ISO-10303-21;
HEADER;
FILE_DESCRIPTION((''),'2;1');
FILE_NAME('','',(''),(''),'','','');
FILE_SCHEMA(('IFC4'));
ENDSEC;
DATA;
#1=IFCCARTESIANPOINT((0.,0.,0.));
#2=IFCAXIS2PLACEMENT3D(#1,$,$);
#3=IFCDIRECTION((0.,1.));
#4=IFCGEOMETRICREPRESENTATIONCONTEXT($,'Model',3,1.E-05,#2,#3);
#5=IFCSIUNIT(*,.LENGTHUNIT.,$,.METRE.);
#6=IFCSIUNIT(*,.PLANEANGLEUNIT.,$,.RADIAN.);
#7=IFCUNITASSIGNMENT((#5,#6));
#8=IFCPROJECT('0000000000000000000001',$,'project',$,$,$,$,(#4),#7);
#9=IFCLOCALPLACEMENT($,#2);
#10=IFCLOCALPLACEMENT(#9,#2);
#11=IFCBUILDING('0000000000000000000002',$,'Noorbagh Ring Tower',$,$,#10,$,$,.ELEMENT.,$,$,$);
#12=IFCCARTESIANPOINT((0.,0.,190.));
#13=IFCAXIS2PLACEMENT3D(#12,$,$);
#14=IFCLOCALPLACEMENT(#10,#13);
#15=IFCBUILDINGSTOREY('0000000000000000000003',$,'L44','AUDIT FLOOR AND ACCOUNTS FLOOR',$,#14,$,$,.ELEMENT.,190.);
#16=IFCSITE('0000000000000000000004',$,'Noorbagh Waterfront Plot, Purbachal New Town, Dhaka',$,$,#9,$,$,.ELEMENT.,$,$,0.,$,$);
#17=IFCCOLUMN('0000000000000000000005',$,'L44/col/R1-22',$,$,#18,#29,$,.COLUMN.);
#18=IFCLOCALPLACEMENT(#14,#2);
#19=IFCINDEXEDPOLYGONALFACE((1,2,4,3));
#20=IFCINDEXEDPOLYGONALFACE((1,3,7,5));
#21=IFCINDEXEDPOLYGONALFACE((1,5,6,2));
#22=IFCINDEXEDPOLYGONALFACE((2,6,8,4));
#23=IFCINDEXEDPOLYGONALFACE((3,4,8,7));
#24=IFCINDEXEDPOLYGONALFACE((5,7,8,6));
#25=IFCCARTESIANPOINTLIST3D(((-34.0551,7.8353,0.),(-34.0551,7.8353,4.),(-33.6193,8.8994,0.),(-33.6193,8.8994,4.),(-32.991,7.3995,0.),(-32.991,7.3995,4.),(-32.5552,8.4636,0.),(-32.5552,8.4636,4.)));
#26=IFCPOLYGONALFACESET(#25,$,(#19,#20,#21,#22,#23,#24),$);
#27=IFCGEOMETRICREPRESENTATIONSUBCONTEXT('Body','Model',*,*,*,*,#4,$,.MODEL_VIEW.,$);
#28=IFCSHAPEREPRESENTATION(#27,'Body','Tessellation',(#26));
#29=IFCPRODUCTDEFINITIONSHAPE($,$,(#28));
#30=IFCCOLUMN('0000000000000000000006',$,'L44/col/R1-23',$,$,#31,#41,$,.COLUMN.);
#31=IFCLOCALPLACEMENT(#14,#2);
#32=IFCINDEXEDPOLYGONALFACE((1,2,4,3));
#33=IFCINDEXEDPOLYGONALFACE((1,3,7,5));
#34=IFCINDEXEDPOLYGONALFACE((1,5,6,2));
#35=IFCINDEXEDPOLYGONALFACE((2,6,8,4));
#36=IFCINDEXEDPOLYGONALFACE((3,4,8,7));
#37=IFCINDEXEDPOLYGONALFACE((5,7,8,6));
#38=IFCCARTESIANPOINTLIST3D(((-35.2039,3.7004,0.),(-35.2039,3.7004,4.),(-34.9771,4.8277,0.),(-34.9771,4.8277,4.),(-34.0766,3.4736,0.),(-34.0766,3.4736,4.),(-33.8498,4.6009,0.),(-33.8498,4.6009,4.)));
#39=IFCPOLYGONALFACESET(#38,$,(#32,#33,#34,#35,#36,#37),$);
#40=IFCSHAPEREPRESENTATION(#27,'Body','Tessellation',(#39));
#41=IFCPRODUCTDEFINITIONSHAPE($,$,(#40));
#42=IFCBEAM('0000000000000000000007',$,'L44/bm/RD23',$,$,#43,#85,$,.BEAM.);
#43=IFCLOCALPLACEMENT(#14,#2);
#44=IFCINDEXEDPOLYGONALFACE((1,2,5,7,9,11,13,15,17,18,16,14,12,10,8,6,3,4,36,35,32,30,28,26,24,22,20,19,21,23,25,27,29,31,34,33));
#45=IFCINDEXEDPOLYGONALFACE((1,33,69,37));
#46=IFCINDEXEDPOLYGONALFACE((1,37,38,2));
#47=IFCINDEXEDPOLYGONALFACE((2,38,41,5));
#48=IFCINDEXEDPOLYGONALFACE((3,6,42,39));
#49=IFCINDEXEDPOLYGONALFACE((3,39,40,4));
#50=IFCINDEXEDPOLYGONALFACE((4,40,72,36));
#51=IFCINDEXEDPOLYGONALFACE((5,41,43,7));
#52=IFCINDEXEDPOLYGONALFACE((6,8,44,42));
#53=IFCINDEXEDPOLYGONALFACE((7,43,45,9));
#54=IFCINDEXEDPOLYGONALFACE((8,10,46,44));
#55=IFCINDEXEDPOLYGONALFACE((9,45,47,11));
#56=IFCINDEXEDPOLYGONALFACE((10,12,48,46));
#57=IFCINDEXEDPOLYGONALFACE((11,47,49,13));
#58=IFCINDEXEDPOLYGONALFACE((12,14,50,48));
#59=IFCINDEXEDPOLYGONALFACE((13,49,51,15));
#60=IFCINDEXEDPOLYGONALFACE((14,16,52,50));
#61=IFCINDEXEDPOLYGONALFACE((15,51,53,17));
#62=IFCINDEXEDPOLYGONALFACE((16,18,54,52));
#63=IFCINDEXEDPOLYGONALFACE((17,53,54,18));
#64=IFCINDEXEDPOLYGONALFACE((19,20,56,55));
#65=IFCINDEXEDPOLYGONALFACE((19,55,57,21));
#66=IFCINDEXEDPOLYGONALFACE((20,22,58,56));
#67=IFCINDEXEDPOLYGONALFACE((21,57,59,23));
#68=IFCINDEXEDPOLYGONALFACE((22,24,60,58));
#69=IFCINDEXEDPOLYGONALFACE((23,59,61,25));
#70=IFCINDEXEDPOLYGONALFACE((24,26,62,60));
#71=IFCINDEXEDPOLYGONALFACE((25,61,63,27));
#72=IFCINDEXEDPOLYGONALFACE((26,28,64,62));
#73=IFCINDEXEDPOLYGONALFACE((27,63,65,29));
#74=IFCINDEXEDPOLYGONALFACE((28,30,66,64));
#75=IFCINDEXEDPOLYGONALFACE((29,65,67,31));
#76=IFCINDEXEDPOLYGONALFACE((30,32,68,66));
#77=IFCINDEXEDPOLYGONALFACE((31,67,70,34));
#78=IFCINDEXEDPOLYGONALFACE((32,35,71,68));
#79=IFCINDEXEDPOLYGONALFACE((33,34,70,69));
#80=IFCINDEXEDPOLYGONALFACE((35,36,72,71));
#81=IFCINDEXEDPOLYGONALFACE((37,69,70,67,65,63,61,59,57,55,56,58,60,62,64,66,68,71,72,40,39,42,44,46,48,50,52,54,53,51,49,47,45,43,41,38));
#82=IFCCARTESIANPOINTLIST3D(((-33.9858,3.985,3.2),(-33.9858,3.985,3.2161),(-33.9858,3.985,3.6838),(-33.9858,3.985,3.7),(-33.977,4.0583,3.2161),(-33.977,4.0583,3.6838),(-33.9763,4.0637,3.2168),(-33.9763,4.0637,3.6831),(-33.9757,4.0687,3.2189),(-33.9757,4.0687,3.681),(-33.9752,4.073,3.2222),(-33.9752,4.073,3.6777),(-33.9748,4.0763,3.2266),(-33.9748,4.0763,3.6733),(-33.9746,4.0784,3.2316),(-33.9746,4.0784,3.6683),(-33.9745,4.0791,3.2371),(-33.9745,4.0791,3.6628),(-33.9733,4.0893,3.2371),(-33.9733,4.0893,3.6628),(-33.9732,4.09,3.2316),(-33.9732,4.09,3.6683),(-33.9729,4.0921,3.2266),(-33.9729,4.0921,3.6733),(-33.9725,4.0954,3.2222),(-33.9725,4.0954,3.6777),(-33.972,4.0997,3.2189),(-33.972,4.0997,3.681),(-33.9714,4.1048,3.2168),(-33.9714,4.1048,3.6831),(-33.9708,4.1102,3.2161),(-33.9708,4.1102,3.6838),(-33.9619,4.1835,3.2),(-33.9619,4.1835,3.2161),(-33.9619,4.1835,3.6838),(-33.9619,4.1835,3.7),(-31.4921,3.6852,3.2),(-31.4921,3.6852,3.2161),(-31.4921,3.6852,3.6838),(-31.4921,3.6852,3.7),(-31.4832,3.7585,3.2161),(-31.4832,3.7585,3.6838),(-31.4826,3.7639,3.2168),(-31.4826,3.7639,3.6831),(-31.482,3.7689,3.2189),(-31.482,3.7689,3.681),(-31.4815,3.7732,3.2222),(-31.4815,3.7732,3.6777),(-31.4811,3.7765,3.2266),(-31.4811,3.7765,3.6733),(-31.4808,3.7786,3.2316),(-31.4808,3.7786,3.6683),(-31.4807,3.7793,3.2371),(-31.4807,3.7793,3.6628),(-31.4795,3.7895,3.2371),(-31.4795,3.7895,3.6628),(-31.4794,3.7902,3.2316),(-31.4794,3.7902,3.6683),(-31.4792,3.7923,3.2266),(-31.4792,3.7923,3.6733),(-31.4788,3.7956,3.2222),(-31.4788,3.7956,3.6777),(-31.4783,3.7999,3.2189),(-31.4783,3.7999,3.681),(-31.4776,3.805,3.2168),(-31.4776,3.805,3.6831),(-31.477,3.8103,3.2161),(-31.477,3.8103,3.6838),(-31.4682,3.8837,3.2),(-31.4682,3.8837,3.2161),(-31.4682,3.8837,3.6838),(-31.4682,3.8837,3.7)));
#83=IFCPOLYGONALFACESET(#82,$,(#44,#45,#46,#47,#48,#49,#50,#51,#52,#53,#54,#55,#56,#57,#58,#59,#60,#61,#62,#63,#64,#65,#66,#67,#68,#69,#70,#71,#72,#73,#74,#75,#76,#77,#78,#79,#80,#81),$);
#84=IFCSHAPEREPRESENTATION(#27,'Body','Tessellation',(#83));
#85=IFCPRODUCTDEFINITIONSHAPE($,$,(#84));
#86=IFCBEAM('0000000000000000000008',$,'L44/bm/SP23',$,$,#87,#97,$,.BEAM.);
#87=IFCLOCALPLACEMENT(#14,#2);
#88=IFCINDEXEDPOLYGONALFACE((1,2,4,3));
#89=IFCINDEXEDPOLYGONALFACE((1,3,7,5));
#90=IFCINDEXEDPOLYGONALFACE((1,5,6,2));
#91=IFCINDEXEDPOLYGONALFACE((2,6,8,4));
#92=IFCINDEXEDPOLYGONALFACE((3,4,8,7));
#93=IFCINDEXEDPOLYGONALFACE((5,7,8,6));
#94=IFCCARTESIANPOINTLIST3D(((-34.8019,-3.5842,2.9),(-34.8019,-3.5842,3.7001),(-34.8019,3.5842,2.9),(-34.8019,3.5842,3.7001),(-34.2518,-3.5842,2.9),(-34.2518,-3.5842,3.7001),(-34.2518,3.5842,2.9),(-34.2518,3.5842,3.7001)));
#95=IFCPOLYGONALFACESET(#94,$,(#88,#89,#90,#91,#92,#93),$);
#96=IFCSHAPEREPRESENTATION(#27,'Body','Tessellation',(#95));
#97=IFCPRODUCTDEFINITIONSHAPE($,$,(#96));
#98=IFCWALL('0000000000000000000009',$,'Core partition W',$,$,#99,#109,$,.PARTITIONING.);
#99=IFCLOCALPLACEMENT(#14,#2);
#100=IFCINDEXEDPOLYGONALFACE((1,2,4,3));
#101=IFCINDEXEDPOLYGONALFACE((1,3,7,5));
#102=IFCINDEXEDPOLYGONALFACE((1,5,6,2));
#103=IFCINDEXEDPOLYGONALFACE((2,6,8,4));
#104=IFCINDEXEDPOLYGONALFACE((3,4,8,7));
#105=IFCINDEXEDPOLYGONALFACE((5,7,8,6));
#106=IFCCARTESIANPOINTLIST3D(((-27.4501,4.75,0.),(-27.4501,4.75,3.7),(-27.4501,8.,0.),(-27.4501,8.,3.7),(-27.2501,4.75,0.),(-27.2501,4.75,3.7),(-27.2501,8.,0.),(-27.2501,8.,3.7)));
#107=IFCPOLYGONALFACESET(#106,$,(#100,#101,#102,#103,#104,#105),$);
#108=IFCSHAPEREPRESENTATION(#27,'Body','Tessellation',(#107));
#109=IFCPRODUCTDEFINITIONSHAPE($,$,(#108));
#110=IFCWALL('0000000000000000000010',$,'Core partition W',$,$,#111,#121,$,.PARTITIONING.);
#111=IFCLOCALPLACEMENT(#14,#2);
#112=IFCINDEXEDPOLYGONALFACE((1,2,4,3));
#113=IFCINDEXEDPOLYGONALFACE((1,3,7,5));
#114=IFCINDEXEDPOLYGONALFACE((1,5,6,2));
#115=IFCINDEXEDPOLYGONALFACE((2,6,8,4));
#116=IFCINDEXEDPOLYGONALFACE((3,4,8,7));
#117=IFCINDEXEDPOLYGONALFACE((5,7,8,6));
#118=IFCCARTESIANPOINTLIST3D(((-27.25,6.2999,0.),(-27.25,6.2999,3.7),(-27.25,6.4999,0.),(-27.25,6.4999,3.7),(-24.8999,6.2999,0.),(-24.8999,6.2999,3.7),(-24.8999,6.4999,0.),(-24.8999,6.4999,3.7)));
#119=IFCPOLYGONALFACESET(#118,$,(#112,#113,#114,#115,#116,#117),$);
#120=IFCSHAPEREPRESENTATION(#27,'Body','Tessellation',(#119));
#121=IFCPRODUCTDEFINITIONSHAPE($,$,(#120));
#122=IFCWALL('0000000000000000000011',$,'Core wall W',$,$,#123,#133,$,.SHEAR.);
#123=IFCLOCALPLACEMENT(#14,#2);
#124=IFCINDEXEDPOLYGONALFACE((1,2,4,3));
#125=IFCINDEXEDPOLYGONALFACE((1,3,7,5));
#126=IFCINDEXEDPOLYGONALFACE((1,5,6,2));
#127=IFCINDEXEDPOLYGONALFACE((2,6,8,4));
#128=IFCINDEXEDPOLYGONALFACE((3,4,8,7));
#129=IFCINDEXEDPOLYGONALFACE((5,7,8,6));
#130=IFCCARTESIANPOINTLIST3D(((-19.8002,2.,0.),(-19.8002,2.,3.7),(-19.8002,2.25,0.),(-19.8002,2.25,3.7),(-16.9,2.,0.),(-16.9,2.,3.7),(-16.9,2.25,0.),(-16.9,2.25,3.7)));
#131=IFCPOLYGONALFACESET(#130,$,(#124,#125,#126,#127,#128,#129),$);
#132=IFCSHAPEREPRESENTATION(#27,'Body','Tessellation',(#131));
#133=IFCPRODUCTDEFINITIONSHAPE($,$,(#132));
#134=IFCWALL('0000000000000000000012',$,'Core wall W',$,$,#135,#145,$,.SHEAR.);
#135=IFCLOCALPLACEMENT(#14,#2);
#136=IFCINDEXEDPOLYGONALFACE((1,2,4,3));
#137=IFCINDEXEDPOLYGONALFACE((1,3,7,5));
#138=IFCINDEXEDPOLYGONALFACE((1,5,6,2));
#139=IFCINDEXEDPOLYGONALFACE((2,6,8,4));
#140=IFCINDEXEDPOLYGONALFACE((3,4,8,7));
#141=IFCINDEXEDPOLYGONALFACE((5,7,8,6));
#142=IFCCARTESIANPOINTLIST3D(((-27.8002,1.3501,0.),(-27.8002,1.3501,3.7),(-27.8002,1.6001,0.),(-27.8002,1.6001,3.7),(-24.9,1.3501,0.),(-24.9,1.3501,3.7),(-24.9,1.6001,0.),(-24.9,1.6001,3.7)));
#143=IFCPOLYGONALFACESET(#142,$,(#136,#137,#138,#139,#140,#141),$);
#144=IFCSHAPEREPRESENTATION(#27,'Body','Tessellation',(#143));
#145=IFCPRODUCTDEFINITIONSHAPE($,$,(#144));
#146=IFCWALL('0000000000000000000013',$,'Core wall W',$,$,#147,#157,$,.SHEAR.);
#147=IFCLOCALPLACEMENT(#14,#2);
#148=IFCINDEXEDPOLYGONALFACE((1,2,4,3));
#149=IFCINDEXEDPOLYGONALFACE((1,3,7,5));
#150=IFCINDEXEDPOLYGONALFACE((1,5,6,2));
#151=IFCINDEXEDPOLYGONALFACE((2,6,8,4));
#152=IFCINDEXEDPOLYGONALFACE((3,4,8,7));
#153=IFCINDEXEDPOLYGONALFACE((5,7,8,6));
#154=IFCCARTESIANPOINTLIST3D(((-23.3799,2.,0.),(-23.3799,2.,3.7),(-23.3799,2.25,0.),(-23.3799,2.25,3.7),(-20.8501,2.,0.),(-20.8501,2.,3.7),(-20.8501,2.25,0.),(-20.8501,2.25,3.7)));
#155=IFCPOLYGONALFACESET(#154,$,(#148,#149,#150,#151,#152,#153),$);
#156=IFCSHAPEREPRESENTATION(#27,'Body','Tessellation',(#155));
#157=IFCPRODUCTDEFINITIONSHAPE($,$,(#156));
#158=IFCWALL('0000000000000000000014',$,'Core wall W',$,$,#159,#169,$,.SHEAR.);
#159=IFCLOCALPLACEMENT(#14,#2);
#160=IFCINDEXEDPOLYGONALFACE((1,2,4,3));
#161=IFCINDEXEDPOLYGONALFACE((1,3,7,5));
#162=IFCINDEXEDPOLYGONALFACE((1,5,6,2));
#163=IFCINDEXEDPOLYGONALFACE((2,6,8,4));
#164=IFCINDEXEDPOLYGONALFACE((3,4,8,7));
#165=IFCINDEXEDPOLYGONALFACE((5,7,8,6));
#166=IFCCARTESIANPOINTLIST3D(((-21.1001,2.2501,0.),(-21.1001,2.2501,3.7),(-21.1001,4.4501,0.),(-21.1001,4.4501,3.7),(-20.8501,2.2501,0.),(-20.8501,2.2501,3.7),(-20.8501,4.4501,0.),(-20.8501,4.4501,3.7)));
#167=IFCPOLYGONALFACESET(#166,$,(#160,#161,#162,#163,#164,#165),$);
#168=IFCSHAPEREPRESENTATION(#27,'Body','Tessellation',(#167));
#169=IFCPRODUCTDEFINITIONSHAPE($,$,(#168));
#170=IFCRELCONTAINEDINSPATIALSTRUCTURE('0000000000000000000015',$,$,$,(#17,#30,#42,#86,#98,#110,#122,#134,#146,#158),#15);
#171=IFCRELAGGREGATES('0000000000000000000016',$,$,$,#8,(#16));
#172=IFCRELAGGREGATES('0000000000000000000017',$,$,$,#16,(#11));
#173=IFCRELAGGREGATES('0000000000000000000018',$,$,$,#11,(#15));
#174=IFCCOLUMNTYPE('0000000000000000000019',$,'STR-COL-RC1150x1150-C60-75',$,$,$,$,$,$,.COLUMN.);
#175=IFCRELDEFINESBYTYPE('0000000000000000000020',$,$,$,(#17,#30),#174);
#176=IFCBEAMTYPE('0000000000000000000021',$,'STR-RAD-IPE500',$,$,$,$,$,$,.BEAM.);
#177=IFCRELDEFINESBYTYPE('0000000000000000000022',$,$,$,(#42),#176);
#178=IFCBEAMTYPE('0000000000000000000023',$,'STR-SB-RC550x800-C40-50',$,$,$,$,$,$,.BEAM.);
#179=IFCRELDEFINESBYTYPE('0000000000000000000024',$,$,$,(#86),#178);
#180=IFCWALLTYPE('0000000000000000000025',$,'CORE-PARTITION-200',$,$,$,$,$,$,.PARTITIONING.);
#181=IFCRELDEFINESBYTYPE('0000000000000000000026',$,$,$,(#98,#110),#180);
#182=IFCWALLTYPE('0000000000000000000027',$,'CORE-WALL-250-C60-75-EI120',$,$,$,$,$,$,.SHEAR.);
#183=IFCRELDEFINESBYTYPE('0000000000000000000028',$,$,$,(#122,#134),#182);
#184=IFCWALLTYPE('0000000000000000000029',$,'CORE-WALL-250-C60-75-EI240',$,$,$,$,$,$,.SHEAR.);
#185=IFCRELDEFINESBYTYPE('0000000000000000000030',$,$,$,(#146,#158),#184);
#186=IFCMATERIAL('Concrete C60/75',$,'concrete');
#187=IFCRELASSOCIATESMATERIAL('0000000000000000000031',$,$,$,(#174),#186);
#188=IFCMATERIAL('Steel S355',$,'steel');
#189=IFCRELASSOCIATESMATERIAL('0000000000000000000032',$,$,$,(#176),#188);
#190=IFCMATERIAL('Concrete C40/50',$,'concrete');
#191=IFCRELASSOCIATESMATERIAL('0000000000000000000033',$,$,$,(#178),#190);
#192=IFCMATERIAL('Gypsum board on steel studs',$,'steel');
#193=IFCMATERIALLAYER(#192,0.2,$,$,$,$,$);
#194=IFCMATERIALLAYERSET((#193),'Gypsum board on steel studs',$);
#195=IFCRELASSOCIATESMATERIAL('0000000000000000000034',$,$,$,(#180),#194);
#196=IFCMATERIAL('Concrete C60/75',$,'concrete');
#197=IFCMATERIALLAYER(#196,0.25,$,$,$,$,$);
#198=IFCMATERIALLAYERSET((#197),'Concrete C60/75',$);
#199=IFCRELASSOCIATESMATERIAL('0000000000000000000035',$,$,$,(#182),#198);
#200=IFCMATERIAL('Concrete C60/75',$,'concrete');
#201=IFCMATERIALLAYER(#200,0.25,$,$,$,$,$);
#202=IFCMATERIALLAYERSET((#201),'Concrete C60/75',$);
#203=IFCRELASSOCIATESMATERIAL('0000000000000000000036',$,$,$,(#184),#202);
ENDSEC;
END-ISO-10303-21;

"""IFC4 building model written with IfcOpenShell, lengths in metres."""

from ifc_helpers import new_model, si_unit, direction, frame, frame_2d, origin, origin_2d, place, context, subcontext, project, spatial, rectangle, i_section, extrude, material, layer, layer_set, material_profile, profile_set, type_object, element, save


model = new_model("IFC4")

# Units and contexts
model_context = context("Model", 3, precision=1e-05, world=origin(), true_north=direction((0.0, 1.0)))
body_context = subcontext(model_context, "Body", "Model", "MODEL_VIEW")
ifc_project = project(units=[si_unit("LENGTHUNIT", "METRE"), si_unit("PLANEANGLEUNIT", "RADIAN")], contexts=[model_context])

# Site, building, storey
site_placement = place(None, origin())
site = spatial("IfcSite", under=ifc_project, at=site_placement, Name="Noorbagh Waterfront Plot, Purbachal New Town, Dhaka", CompositionType="ELEMENT", RefElevation=0.0)
building_placement = place(site_placement, origin())
building = spatial("IfcBuilding", under=site, at=building_placement, Name="Noorbagh Ring Tower", CompositionType="ELEMENT")
storey_placement = place(building_placement, frame((0.0, 0.0, 190.0)))
storey = spatial("IfcBuildingStorey", under=building, at=storey_placement, Name="L44", Description="AUDIT FLOOR AND ACCOUNTS FLOOR", CompositionType="ELEMENT", Elevation=190.0)

# Columns
ifc_material_1 = material(Name="Concrete C60/75", Category="concrete")
ifc_material_profile_1 = material_profile(ifc_material_1, rectangle(XDim=1.1499, YDim=1.1499, at=origin_2d()), Name="RC1150x1150")
ifc_profile_set_1 = profile_set([ifc_material_profile_1], Name="Concrete C60/75")
column_type = type_object("IfcColumnType", Name="STR-COL-RC1150x1150-C60-75", PredefinedType="COLUMN", material=ifc_profile_set_1)
for number, where, z_axis, x_axis, name in (
    (1, (-33.3052, 8.1494, 0.0), (0.0, 0.0, 1.0), (-0.378989, -0.925401, 0.0), "L44/col/R1-22"),
    (2, (-34.5269, 4.1506, 0.0), (0.0, 0.0, 1.0), (-0.19723, -0.980357, 0.0), "L44/col/R1-23"),
):
    element("IfcColumn", number, at=place(storey_placement, frame(where, z_axis=z_axis, x_axis=x_axis)), inside=storey, type_object=column_type, Name=name, PredefinedType="COLUMN", context=body_context, shape_type="SweptSolid", body=[
        extrude(rectangle(XDim=1.1499, YDim=1.1499, at=origin_2d()), origin(), (0.0, 0.0, 1.0), 4.0),
    ])

# Beams
ifc_material_2 = material(Name="Steel S355", Category="steel")
ifc_material_profile_2 = material_profile(ifc_material_2, i_section(OverallWidth=0.2, OverallDepth=0.5, WebThickness=0.0103, FlangeThickness=0.0161, FilletRadius=0.021, at=origin_2d()), Name="IPE500")
ifc_profile_set_2 = profile_set([ifc_material_profile_2], Name="Steel S355")
beam_type_1 = type_object("IfcBeamType", Name="STR-RAD-IPE500", PredefinedType="BEAM", material=ifc_profile_set_2)
beam_1_placement = place(storey_placement, frame((-33.9739, 4.0842, 3.45), z_axis=(0.99285, -0.119368, 0.0), x_axis=(0.119368, 0.99285, 0.0)))
element("IfcBeam", 3, at=beam_1_placement, inside=storey, type_object=beam_type_1, Name="L44/bm/RD23", PredefinedType="BEAM", context=body_context, shape_type="SweptSolid", body=[
    extrude(i_section(OverallWidth=0.2, OverallDepth=0.5, WebThickness=0.0103, FlangeThickness=0.0161, FilletRadius=0.021, at=origin_2d()), origin(), (0.0, 0.0, 1.0), 2.5117),
])
ifc_material_3 = material(Name="Concrete C40/50", Category="concrete")
ifc_material_profile_3 = material_profile(ifc_material_3, rectangle(XDim=0.55, YDim=0.8, at=origin_2d()), Name="RC550x800")
ifc_profile_set_3 = profile_set([ifc_material_profile_3], Name="Concrete C40/50")
beam_type_2 = type_object("IfcBeamType", Name="STR-SB-RC550x800-C40-50", PredefinedType="BEAM", material=ifc_profile_set_3)
beam_2_placement = place(storey_placement, frame((-34.5269, 3.5842, 3.3), z_axis=(0.0, -1.0, 0.0), x_axis=(1.0, 0.0, 0.0)))
element("IfcBeam", 4, at=beam_2_placement, inside=storey, type_object=beam_type_2, Name="L44/bm/SP23", PredefinedType="BEAM", context=body_context, shape_type="SweptSolid", body=[
    extrude(rectangle(XDim=0.55, YDim=0.8, at=origin_2d()), origin(), (0.0, 0.0, 1.0), 7.1685),
])

# Walls
ifc_material_4 = material(Name="Gypsum board on steel studs", Category="steel")
ifc_layer_1 = layer(ifc_material_4, 0.2)
ifc_layer_set_1 = layer_set([ifc_layer_1], Name="Gypsum board on steel studs")
wall_type_1 = type_object("IfcWallType", Name="CORE-PARTITION-200", PredefinedType="PARTITIONING", material=ifc_layer_set_1)
wall_1_placement = place(storey_placement, frame((-27.3501, 4.75, 0.0), z_axis=(0.0, 0.0, 1.0), x_axis=(0.0, 1.0, 0.0)))
element("IfcWall", 5, at=wall_1_placement, inside=storey, type_object=wall_type_1, Name="Core partition W", PredefinedType="PARTITIONING", context=body_context, shape_type="SweptSolid", body=[
    extrude(rectangle(XDim=3.25, YDim=0.2, at=frame_2d((1.625, 0.0))), origin(), (0.0, 0.0, 1.0), 3.7),
])
wall_2_placement = place(storey_placement, frame((-24.8999, 6.3999, 0.0), z_axis=(0.0, 0.0, 1.0), x_axis=(-1.0, 0.0, 0.0)))
element("IfcWall", 6, at=wall_2_placement, inside=storey, type_object=wall_type_1, Name="Core partition W", PredefinedType="PARTITIONING", context=body_context, shape_type="SweptSolid", body=[
    extrude(rectangle(XDim=2.3501, YDim=0.2, at=frame_2d((1.175, 0.0))), origin(), (0.0, 0.0, 1.0), 3.7),
])
ifc_material_5 = material(Name="Concrete C60/75", Category="concrete")
ifc_layer_2 = layer(ifc_material_5, 0.25)
ifc_layer_set_2 = layer_set([ifc_layer_2], Name="Concrete C60/75")
wall_type_2 = type_object("IfcWallType", Name="CORE-WALL-250-C60-75-EI120", PredefinedType="SHEAR", material=ifc_layer_set_2)
for number, where, z_axis, x_axis, name in (
    (7, (-16.8999, 2.125, 0.0), (0.0, 0.0, 1.0), (-1.0, 0.0, 0.0), "Core wall W"),
    (8, (-24.8999, 1.4751, 0.0), (0.0, 0.0, 1.0), (-1.0, 0.0, 0.0), "Core wall W"),
):
    element("IfcWall", number, at=place(storey_placement, frame(where, z_axis=z_axis, x_axis=x_axis)), inside=storey, type_object=wall_type_2, Name=name, PredefinedType="SHEAR", context=body_context, shape_type="SweptSolid", body=[
        extrude(rectangle(XDim=2.9001, YDim=0.25, at=frame_2d((1.4502, 0.0))), origin(), (0.0, 0.0, 1.0), 3.7),
    ])
ifc_material_6 = material(Name="Concrete C60/75", Category="concrete")
ifc_layer_3 = layer(ifc_material_6, 0.25)
ifc_layer_set_3 = layer_set([ifc_layer_3], Name="Concrete C60/75")
wall_type_3 = type_object("IfcWallType", Name="CORE-WALL-250-C60-75-EI240", PredefinedType="SHEAR", material=ifc_layer_set_3)
wall_3_placement = place(storey_placement, frame((-20.8501, 2.125, 0.0), z_axis=(0.0, 0.0, 1.0), x_axis=(-1.0, 0.0, 0.0)))
element("IfcWall", 9, at=wall_3_placement, inside=storey, type_object=wall_type_3, Name="Core wall W", PredefinedType="SHEAR", context=body_context, shape_type="SweptSolid", body=[
    extrude(rectangle(XDim=2.5298, YDim=0.25, at=frame_2d((1.2649, 0.0))), origin(), (0.0, 0.0, 1.0), 3.7),
])
wall_4_placement = place(storey_placement, frame((-20.9751, 2.25, 0.0), z_axis=(0.0, 0.0, 1.0), x_axis=(0.0, 1.0, 0.0)))
element("IfcWall", 10, at=wall_4_placement, inside=storey, type_object=wall_type_3, Name="Core wall W", PredefinedType="SHEAR", context=body_context, shape_type="SweptSolid", body=[
    extrude(rectangle(XDim=2.2, YDim=0.25, at=frame_2d((1.1001, 0.0))), origin(), (0.0, 0.0, 1.0), 3.7),
])

save(model, "model.ifc")
